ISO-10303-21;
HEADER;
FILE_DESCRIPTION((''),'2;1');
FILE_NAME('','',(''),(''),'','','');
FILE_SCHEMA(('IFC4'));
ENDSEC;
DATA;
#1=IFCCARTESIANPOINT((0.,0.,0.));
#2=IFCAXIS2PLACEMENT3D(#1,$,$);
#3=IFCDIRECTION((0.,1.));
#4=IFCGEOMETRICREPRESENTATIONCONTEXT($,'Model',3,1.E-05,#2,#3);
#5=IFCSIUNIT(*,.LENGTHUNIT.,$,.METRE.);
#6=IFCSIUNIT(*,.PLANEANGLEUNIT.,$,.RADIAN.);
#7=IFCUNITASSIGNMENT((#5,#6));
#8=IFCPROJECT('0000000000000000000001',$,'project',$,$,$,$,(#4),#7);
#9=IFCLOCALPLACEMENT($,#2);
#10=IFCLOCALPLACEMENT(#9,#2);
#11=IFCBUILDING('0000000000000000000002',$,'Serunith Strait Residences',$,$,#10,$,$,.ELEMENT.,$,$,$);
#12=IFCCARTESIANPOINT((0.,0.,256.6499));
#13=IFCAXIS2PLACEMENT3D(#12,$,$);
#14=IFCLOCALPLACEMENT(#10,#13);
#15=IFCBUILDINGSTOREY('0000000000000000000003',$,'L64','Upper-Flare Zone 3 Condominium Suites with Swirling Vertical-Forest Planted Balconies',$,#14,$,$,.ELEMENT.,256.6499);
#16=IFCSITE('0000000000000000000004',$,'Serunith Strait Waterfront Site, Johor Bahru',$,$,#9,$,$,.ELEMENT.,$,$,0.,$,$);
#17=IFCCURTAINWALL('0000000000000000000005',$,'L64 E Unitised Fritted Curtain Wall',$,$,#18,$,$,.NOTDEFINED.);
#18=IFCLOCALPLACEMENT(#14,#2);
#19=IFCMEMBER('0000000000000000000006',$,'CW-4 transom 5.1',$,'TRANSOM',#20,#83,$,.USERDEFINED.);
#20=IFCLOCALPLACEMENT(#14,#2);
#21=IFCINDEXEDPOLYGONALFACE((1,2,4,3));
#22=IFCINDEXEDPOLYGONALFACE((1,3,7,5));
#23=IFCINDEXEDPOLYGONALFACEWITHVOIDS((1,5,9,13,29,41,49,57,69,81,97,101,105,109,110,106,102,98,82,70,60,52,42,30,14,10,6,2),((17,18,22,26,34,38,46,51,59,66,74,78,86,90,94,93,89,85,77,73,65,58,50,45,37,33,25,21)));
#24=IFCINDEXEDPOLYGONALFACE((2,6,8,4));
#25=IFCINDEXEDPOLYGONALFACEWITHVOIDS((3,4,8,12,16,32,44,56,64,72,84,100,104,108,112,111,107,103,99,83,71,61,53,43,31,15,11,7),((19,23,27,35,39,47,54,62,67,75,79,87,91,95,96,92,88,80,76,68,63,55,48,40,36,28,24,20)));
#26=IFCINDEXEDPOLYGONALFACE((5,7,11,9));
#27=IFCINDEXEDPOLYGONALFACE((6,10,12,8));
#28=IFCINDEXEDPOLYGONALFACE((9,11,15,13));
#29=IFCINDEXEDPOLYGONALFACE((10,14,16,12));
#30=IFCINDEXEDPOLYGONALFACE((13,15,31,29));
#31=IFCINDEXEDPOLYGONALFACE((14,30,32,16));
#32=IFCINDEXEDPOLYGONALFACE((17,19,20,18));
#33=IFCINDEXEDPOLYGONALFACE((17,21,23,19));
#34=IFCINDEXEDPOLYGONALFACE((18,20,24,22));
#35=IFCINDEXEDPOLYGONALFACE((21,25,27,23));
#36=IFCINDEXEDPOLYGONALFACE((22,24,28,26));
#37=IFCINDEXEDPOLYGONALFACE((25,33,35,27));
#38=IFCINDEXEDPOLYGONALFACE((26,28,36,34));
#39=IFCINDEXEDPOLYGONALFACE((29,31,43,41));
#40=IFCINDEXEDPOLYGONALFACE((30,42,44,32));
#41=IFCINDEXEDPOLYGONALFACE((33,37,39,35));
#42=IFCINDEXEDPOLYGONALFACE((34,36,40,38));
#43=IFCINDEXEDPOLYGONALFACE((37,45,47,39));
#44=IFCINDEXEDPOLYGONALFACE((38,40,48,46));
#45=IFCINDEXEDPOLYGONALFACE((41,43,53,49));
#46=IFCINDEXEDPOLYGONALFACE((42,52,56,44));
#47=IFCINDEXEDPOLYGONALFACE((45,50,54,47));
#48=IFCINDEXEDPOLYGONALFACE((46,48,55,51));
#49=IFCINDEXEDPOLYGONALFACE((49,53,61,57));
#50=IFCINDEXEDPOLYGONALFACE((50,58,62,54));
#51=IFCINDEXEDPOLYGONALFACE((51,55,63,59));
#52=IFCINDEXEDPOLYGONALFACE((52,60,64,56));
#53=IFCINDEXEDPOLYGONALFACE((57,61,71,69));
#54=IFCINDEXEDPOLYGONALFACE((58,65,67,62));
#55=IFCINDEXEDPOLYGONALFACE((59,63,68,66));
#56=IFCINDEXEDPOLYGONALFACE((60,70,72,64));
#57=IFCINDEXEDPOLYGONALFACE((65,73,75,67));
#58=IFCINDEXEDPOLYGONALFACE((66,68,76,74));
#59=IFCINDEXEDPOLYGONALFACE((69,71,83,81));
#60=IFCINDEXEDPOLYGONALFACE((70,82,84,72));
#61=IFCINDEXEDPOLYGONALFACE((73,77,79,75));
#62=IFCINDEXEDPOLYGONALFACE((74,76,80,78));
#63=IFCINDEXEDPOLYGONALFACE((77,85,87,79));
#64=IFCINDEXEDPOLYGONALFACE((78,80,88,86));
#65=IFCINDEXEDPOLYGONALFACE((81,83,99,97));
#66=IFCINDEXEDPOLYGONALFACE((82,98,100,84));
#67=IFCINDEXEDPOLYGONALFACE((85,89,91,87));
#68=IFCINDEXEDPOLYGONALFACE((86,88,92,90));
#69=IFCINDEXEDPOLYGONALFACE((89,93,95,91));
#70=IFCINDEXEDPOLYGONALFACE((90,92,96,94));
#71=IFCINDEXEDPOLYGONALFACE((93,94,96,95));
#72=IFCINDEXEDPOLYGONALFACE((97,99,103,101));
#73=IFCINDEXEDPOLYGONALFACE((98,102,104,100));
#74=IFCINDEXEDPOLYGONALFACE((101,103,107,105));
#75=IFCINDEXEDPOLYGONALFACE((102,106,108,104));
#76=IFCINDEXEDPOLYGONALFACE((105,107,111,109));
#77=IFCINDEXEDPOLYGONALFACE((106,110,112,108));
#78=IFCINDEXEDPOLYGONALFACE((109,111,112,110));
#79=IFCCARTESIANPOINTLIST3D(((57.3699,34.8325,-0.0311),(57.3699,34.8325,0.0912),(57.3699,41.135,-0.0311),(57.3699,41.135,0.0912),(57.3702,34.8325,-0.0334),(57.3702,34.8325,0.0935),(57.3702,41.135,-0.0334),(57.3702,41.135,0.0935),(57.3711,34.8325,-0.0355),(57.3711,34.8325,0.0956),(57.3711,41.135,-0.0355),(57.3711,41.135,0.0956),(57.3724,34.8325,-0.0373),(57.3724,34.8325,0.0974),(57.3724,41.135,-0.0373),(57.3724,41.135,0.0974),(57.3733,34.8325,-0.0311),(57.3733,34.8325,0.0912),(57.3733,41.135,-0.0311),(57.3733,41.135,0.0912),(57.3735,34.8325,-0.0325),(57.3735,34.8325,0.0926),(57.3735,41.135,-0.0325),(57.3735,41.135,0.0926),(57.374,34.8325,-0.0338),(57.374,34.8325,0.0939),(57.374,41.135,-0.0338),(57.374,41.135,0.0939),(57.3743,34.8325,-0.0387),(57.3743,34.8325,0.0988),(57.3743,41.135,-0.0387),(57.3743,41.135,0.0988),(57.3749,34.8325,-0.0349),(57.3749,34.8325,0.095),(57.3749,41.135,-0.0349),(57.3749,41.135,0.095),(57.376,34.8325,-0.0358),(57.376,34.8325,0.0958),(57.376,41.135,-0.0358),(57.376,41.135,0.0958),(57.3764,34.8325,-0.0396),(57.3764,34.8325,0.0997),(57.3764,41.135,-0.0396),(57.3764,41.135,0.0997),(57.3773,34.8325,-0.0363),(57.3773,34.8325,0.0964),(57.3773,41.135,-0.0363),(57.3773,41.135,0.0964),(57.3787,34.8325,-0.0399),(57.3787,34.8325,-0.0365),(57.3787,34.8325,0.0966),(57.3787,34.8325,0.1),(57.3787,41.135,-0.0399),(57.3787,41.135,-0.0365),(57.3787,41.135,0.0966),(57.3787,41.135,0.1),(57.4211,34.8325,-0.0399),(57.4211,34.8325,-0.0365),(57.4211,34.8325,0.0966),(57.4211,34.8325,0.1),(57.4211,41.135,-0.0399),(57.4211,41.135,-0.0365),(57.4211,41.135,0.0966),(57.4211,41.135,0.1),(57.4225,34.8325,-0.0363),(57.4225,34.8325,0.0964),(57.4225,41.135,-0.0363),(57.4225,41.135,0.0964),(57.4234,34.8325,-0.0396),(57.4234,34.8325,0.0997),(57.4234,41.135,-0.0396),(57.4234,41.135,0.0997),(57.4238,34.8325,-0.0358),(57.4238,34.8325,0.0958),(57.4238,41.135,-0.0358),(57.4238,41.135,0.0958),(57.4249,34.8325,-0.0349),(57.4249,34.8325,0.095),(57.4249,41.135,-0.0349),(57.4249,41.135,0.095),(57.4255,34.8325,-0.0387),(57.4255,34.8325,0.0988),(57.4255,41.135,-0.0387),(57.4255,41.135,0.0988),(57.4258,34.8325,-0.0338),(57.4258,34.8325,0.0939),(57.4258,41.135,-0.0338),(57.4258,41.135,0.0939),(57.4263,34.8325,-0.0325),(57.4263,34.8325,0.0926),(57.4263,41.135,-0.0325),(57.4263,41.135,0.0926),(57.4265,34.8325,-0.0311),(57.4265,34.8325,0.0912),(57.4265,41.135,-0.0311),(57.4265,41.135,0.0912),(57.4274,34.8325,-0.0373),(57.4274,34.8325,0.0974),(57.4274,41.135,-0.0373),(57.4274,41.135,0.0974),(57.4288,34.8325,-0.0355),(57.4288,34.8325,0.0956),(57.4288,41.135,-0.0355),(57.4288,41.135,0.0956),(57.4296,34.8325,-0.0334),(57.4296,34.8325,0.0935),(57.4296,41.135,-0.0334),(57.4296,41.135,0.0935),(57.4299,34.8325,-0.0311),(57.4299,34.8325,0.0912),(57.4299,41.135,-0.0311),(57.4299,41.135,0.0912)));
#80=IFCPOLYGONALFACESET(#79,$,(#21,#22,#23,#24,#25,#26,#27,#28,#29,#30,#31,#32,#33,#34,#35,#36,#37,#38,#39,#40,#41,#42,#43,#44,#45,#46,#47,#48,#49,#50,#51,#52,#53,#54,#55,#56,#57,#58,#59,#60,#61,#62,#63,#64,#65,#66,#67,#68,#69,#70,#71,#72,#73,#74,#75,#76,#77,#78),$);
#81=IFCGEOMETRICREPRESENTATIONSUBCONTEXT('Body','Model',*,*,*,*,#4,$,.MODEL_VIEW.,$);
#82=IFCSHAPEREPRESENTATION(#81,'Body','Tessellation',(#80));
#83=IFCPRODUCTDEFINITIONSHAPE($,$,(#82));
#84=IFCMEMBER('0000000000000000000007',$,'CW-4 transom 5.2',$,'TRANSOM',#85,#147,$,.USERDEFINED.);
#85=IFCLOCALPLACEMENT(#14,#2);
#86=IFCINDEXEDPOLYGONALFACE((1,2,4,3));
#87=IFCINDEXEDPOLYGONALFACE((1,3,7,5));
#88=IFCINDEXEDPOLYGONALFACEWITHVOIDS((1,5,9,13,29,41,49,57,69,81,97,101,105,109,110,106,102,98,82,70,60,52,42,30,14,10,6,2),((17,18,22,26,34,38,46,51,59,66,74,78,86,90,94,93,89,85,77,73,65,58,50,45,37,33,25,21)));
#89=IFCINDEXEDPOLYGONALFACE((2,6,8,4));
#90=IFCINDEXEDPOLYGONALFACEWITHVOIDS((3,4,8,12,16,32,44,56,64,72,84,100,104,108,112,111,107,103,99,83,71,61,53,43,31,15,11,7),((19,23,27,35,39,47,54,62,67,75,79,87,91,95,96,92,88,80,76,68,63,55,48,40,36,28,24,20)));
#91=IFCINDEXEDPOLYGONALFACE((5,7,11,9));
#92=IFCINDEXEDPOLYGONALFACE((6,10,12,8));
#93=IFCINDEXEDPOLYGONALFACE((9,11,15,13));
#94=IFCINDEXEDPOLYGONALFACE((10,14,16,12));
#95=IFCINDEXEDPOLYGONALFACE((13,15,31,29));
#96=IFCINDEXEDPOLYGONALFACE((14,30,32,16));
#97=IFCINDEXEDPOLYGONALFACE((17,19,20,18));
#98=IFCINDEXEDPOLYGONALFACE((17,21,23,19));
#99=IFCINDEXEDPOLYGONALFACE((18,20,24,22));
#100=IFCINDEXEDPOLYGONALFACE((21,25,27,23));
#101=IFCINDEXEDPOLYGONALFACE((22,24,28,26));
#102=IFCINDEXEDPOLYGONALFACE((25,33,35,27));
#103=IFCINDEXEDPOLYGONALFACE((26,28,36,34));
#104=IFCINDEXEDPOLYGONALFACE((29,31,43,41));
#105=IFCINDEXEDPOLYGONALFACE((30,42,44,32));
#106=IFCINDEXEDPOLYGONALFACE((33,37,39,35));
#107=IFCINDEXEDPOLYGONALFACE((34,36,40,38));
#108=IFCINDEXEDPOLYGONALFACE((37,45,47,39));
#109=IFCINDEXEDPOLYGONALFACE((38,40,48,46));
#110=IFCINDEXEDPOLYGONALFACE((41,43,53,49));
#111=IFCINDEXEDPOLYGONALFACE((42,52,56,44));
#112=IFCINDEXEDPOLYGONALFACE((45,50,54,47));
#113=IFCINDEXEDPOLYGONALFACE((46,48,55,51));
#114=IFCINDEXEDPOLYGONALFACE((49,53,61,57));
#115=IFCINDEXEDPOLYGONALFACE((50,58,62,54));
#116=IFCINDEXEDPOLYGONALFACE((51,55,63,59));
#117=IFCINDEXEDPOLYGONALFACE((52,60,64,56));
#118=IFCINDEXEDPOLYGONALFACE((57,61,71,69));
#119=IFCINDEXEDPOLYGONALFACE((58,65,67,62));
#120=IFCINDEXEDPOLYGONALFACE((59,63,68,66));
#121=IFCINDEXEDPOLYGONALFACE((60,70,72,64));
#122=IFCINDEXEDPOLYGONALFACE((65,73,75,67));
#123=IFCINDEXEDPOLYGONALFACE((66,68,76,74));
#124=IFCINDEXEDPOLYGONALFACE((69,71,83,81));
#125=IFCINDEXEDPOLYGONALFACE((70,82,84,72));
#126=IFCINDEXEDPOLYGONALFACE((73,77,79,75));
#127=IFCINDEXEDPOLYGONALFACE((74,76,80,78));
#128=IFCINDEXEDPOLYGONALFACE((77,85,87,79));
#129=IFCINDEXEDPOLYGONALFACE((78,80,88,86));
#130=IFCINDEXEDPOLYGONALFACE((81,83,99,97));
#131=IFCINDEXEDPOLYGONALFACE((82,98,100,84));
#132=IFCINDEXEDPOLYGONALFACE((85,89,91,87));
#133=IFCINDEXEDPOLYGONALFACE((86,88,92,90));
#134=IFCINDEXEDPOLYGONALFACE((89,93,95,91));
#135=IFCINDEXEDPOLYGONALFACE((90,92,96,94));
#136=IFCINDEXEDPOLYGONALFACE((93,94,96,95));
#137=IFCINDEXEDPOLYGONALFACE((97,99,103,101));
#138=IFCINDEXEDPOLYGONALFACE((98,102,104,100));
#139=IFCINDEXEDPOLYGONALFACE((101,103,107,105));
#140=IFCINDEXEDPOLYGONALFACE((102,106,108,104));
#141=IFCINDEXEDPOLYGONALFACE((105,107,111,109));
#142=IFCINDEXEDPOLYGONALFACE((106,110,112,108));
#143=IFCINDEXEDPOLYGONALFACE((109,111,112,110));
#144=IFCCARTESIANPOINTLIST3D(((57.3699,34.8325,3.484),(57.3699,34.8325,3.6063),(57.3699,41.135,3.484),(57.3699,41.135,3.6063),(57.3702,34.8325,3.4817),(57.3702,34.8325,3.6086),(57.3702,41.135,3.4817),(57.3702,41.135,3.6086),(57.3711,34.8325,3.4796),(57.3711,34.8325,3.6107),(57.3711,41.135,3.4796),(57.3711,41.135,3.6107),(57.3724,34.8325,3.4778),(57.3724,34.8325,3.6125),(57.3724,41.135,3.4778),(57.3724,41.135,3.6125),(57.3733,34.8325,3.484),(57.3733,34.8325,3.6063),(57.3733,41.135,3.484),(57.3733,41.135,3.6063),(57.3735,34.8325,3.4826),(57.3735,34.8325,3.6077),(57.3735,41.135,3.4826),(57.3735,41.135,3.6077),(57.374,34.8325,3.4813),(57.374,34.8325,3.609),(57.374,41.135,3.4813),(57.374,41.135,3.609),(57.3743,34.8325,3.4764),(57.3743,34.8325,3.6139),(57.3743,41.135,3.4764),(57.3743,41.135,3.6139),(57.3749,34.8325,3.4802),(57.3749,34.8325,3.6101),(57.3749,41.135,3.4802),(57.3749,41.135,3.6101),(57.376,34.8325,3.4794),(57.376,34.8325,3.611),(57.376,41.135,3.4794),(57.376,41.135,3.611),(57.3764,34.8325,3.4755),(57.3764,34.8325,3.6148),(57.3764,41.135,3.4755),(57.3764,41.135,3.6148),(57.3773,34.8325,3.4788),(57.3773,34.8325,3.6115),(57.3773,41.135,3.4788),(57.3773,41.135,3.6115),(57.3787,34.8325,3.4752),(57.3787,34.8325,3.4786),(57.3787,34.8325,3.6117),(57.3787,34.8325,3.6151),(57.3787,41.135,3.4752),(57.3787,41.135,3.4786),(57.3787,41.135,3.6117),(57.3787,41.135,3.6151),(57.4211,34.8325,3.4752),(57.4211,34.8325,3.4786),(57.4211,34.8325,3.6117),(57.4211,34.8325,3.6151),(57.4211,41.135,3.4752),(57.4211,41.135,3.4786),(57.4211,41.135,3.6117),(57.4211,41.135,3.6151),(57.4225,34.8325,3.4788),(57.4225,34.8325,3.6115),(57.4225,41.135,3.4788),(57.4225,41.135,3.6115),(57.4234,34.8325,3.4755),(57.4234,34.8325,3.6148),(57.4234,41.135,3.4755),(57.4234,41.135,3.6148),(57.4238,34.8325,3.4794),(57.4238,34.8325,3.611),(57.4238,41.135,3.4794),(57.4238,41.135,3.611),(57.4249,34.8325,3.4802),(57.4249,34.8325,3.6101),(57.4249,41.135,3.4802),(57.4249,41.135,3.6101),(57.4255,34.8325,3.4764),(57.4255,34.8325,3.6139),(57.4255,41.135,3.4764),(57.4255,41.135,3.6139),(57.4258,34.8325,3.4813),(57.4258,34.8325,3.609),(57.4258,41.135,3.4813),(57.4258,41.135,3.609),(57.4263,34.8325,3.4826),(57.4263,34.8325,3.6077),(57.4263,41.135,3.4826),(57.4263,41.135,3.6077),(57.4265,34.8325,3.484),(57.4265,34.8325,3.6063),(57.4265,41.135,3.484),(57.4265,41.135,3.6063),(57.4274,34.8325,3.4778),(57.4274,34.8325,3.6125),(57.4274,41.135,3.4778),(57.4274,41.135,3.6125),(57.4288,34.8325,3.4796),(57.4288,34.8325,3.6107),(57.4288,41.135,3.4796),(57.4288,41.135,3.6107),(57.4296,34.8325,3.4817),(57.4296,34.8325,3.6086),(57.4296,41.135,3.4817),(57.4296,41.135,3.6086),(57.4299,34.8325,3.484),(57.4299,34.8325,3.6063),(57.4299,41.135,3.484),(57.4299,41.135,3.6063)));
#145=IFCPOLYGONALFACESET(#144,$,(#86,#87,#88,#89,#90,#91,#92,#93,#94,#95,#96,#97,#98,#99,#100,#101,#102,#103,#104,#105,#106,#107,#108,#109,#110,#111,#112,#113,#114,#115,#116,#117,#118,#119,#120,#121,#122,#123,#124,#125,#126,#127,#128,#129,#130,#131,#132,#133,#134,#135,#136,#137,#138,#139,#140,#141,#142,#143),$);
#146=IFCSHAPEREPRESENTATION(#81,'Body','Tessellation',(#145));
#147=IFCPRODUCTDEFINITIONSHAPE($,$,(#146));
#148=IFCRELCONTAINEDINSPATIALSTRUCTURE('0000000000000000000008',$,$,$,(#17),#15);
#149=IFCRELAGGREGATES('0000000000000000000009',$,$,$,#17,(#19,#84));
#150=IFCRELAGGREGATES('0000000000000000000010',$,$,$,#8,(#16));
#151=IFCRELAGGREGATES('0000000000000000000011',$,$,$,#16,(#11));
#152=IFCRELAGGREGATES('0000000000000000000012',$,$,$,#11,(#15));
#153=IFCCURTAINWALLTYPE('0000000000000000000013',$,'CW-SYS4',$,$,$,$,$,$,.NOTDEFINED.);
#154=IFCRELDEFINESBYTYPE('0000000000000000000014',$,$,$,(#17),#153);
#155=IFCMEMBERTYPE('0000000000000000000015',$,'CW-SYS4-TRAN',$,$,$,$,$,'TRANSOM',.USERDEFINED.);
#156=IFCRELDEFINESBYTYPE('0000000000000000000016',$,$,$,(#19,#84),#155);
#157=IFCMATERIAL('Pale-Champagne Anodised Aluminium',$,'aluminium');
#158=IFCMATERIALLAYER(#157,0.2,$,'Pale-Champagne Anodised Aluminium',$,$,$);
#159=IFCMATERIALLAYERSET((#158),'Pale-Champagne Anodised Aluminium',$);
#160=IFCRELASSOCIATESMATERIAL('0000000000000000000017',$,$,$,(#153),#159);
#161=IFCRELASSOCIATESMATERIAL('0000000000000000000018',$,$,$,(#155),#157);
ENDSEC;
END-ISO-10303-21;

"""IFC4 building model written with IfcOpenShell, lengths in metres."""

from ifc_helpers import new_model, si_unit, direction, frame, origin, origin_2d, place, context, subcontext, project, spatial, hollow_rectangle, extrude, source, transform, mapped, material, layer, layer_set, material_profile, profile_set, type_object, element, aggregate, save


model = new_model("IFC4")

# Units and contexts
model_context = context("Model", 3, precision=1e-05, world=origin(), true_north=direction((0.0, 1.0)))
body_context = subcontext(model_context, "Body", "Model", "MODEL_VIEW")
ifc_project = project(units=[si_unit("LENGTHUNIT", "METRE"), si_unit("PLANEANGLEUNIT", "RADIAN")], contexts=[model_context])

# Site, building, storey
site_placement = place(None, origin())
site = spatial("IfcSite", under=ifc_project, at=site_placement, Name="Serunith Strait Waterfront Site, Johor Bahru", CompositionType="ELEMENT", RefElevation=0.0)
building_placement = place(site_placement, origin())
building = spatial("IfcBuilding", under=site, at=building_placement, Name="Serunith Strait Residences", CompositionType="ELEMENT")
storey_placement = place(building_placement, frame((0.0, 0.0, 256.6499)))
storey = spatial("IfcBuildingStorey", under=building, at=storey_placement, Name="L64", Description="Upper-Flare Zone 3 Condominium Suites with Swirling Vertical-Forest Planted Balconies", CompositionType="ELEMENT", Elevation=256.6499)

# Curtain wall, members
ifc_material_1 = material(Name="Pale-Champagne Anodised Aluminium", Category="aluminium")
ifc_layer_1 = layer(ifc_material_1, 0.2, Name="Pale-Champagne Anodised Aluminium")
ifc_layer_set_1 = layer_set([ifc_layer_1], Name="Pale-Champagne Anodised Aluminium")
curtain_wall_type = type_object("IfcCurtainWallType", Name="CW-SYS4", PredefinedType="NOTDEFINED", material=ifc_layer_set_1)
curtain_wall_placement = place(storey_placement, origin())
curtain_wall = element("IfcCurtainWall", 1, at=curtain_wall_placement, inside=storey, type_object=curtain_wall_type, Name="L64 E Unitised Fritted Curtain Wall", PredefinedType="NOTDEFINED")
ifc_material_profile_1 = material_profile(ifc_material_1, hollow_rectangle(XDim=0.0601, YDim=0.1399, WallThickness=0.0034, InnerFilletRadius=0.0054, OuterFilletRadius=0.0088, at=origin_2d()), Name="ALU 140x60x3.5")
ifc_profile_set_1 = profile_set([ifc_material_profile_1], Name="Pale-Champagne Anodised Aluminium")
member_type_1 = type_object("IfcMemberType", Name="CW-SYS4-TRAN", ElementType="TRANSOM", PredefinedType="USERDEFINED", material=ifc_profile_set_1)
shared_shape_1 = source(origin(), body_context, "Body", "SweptSolid", [
    extrude(hollow_rectangle(XDim=0.0601, YDim=0.1399, WallThickness=0.0034, InnerFilletRadius=0.0054, OuterFilletRadius=0.0088, at=origin_2d()), origin(), (0.0, 0.0, 1.0), 6.3025),
])
member_1_placement = place(storey_placement, frame((57.3999, 34.8325, 0.03), z_axis=(0.0, 1.0, 0.0), x_axis=(-1.0, 0.0, 0.0)))
member_1 = element("IfcMember", 2, at=member_1_placement, type_object=member_type_1, Name="CW-4 transom 5.1", ObjectType="TRANSOM", PredefinedType="USERDEFINED", context=body_context, shape_type="MappedRepresentation", body=[
    mapped(shared_shape_1, transform((0.0, 0.0, 0.0), scale=1.0)),
])
member_2_placement = place(storey_placement, frame((57.3999, 34.8325, 3.5452), z_axis=(0.0, 1.0, 0.0), x_axis=(-1.0, 0.0, 0.0)))
member_2 = element("IfcMember", 3, at=member_2_placement, type_object=member_type_1, Name="CW-4 transom 5.2", ObjectType="TRANSOM", PredefinedType="USERDEFINED", context=body_context, shape_type="MappedRepresentation", body=[
    mapped(shared_shape_1, transform((0.0, 0.0, 0.0), scale=1.0)),
])
aggregate(curtain_wall, [member_1, member_2])

save(model, "model.ifc")
